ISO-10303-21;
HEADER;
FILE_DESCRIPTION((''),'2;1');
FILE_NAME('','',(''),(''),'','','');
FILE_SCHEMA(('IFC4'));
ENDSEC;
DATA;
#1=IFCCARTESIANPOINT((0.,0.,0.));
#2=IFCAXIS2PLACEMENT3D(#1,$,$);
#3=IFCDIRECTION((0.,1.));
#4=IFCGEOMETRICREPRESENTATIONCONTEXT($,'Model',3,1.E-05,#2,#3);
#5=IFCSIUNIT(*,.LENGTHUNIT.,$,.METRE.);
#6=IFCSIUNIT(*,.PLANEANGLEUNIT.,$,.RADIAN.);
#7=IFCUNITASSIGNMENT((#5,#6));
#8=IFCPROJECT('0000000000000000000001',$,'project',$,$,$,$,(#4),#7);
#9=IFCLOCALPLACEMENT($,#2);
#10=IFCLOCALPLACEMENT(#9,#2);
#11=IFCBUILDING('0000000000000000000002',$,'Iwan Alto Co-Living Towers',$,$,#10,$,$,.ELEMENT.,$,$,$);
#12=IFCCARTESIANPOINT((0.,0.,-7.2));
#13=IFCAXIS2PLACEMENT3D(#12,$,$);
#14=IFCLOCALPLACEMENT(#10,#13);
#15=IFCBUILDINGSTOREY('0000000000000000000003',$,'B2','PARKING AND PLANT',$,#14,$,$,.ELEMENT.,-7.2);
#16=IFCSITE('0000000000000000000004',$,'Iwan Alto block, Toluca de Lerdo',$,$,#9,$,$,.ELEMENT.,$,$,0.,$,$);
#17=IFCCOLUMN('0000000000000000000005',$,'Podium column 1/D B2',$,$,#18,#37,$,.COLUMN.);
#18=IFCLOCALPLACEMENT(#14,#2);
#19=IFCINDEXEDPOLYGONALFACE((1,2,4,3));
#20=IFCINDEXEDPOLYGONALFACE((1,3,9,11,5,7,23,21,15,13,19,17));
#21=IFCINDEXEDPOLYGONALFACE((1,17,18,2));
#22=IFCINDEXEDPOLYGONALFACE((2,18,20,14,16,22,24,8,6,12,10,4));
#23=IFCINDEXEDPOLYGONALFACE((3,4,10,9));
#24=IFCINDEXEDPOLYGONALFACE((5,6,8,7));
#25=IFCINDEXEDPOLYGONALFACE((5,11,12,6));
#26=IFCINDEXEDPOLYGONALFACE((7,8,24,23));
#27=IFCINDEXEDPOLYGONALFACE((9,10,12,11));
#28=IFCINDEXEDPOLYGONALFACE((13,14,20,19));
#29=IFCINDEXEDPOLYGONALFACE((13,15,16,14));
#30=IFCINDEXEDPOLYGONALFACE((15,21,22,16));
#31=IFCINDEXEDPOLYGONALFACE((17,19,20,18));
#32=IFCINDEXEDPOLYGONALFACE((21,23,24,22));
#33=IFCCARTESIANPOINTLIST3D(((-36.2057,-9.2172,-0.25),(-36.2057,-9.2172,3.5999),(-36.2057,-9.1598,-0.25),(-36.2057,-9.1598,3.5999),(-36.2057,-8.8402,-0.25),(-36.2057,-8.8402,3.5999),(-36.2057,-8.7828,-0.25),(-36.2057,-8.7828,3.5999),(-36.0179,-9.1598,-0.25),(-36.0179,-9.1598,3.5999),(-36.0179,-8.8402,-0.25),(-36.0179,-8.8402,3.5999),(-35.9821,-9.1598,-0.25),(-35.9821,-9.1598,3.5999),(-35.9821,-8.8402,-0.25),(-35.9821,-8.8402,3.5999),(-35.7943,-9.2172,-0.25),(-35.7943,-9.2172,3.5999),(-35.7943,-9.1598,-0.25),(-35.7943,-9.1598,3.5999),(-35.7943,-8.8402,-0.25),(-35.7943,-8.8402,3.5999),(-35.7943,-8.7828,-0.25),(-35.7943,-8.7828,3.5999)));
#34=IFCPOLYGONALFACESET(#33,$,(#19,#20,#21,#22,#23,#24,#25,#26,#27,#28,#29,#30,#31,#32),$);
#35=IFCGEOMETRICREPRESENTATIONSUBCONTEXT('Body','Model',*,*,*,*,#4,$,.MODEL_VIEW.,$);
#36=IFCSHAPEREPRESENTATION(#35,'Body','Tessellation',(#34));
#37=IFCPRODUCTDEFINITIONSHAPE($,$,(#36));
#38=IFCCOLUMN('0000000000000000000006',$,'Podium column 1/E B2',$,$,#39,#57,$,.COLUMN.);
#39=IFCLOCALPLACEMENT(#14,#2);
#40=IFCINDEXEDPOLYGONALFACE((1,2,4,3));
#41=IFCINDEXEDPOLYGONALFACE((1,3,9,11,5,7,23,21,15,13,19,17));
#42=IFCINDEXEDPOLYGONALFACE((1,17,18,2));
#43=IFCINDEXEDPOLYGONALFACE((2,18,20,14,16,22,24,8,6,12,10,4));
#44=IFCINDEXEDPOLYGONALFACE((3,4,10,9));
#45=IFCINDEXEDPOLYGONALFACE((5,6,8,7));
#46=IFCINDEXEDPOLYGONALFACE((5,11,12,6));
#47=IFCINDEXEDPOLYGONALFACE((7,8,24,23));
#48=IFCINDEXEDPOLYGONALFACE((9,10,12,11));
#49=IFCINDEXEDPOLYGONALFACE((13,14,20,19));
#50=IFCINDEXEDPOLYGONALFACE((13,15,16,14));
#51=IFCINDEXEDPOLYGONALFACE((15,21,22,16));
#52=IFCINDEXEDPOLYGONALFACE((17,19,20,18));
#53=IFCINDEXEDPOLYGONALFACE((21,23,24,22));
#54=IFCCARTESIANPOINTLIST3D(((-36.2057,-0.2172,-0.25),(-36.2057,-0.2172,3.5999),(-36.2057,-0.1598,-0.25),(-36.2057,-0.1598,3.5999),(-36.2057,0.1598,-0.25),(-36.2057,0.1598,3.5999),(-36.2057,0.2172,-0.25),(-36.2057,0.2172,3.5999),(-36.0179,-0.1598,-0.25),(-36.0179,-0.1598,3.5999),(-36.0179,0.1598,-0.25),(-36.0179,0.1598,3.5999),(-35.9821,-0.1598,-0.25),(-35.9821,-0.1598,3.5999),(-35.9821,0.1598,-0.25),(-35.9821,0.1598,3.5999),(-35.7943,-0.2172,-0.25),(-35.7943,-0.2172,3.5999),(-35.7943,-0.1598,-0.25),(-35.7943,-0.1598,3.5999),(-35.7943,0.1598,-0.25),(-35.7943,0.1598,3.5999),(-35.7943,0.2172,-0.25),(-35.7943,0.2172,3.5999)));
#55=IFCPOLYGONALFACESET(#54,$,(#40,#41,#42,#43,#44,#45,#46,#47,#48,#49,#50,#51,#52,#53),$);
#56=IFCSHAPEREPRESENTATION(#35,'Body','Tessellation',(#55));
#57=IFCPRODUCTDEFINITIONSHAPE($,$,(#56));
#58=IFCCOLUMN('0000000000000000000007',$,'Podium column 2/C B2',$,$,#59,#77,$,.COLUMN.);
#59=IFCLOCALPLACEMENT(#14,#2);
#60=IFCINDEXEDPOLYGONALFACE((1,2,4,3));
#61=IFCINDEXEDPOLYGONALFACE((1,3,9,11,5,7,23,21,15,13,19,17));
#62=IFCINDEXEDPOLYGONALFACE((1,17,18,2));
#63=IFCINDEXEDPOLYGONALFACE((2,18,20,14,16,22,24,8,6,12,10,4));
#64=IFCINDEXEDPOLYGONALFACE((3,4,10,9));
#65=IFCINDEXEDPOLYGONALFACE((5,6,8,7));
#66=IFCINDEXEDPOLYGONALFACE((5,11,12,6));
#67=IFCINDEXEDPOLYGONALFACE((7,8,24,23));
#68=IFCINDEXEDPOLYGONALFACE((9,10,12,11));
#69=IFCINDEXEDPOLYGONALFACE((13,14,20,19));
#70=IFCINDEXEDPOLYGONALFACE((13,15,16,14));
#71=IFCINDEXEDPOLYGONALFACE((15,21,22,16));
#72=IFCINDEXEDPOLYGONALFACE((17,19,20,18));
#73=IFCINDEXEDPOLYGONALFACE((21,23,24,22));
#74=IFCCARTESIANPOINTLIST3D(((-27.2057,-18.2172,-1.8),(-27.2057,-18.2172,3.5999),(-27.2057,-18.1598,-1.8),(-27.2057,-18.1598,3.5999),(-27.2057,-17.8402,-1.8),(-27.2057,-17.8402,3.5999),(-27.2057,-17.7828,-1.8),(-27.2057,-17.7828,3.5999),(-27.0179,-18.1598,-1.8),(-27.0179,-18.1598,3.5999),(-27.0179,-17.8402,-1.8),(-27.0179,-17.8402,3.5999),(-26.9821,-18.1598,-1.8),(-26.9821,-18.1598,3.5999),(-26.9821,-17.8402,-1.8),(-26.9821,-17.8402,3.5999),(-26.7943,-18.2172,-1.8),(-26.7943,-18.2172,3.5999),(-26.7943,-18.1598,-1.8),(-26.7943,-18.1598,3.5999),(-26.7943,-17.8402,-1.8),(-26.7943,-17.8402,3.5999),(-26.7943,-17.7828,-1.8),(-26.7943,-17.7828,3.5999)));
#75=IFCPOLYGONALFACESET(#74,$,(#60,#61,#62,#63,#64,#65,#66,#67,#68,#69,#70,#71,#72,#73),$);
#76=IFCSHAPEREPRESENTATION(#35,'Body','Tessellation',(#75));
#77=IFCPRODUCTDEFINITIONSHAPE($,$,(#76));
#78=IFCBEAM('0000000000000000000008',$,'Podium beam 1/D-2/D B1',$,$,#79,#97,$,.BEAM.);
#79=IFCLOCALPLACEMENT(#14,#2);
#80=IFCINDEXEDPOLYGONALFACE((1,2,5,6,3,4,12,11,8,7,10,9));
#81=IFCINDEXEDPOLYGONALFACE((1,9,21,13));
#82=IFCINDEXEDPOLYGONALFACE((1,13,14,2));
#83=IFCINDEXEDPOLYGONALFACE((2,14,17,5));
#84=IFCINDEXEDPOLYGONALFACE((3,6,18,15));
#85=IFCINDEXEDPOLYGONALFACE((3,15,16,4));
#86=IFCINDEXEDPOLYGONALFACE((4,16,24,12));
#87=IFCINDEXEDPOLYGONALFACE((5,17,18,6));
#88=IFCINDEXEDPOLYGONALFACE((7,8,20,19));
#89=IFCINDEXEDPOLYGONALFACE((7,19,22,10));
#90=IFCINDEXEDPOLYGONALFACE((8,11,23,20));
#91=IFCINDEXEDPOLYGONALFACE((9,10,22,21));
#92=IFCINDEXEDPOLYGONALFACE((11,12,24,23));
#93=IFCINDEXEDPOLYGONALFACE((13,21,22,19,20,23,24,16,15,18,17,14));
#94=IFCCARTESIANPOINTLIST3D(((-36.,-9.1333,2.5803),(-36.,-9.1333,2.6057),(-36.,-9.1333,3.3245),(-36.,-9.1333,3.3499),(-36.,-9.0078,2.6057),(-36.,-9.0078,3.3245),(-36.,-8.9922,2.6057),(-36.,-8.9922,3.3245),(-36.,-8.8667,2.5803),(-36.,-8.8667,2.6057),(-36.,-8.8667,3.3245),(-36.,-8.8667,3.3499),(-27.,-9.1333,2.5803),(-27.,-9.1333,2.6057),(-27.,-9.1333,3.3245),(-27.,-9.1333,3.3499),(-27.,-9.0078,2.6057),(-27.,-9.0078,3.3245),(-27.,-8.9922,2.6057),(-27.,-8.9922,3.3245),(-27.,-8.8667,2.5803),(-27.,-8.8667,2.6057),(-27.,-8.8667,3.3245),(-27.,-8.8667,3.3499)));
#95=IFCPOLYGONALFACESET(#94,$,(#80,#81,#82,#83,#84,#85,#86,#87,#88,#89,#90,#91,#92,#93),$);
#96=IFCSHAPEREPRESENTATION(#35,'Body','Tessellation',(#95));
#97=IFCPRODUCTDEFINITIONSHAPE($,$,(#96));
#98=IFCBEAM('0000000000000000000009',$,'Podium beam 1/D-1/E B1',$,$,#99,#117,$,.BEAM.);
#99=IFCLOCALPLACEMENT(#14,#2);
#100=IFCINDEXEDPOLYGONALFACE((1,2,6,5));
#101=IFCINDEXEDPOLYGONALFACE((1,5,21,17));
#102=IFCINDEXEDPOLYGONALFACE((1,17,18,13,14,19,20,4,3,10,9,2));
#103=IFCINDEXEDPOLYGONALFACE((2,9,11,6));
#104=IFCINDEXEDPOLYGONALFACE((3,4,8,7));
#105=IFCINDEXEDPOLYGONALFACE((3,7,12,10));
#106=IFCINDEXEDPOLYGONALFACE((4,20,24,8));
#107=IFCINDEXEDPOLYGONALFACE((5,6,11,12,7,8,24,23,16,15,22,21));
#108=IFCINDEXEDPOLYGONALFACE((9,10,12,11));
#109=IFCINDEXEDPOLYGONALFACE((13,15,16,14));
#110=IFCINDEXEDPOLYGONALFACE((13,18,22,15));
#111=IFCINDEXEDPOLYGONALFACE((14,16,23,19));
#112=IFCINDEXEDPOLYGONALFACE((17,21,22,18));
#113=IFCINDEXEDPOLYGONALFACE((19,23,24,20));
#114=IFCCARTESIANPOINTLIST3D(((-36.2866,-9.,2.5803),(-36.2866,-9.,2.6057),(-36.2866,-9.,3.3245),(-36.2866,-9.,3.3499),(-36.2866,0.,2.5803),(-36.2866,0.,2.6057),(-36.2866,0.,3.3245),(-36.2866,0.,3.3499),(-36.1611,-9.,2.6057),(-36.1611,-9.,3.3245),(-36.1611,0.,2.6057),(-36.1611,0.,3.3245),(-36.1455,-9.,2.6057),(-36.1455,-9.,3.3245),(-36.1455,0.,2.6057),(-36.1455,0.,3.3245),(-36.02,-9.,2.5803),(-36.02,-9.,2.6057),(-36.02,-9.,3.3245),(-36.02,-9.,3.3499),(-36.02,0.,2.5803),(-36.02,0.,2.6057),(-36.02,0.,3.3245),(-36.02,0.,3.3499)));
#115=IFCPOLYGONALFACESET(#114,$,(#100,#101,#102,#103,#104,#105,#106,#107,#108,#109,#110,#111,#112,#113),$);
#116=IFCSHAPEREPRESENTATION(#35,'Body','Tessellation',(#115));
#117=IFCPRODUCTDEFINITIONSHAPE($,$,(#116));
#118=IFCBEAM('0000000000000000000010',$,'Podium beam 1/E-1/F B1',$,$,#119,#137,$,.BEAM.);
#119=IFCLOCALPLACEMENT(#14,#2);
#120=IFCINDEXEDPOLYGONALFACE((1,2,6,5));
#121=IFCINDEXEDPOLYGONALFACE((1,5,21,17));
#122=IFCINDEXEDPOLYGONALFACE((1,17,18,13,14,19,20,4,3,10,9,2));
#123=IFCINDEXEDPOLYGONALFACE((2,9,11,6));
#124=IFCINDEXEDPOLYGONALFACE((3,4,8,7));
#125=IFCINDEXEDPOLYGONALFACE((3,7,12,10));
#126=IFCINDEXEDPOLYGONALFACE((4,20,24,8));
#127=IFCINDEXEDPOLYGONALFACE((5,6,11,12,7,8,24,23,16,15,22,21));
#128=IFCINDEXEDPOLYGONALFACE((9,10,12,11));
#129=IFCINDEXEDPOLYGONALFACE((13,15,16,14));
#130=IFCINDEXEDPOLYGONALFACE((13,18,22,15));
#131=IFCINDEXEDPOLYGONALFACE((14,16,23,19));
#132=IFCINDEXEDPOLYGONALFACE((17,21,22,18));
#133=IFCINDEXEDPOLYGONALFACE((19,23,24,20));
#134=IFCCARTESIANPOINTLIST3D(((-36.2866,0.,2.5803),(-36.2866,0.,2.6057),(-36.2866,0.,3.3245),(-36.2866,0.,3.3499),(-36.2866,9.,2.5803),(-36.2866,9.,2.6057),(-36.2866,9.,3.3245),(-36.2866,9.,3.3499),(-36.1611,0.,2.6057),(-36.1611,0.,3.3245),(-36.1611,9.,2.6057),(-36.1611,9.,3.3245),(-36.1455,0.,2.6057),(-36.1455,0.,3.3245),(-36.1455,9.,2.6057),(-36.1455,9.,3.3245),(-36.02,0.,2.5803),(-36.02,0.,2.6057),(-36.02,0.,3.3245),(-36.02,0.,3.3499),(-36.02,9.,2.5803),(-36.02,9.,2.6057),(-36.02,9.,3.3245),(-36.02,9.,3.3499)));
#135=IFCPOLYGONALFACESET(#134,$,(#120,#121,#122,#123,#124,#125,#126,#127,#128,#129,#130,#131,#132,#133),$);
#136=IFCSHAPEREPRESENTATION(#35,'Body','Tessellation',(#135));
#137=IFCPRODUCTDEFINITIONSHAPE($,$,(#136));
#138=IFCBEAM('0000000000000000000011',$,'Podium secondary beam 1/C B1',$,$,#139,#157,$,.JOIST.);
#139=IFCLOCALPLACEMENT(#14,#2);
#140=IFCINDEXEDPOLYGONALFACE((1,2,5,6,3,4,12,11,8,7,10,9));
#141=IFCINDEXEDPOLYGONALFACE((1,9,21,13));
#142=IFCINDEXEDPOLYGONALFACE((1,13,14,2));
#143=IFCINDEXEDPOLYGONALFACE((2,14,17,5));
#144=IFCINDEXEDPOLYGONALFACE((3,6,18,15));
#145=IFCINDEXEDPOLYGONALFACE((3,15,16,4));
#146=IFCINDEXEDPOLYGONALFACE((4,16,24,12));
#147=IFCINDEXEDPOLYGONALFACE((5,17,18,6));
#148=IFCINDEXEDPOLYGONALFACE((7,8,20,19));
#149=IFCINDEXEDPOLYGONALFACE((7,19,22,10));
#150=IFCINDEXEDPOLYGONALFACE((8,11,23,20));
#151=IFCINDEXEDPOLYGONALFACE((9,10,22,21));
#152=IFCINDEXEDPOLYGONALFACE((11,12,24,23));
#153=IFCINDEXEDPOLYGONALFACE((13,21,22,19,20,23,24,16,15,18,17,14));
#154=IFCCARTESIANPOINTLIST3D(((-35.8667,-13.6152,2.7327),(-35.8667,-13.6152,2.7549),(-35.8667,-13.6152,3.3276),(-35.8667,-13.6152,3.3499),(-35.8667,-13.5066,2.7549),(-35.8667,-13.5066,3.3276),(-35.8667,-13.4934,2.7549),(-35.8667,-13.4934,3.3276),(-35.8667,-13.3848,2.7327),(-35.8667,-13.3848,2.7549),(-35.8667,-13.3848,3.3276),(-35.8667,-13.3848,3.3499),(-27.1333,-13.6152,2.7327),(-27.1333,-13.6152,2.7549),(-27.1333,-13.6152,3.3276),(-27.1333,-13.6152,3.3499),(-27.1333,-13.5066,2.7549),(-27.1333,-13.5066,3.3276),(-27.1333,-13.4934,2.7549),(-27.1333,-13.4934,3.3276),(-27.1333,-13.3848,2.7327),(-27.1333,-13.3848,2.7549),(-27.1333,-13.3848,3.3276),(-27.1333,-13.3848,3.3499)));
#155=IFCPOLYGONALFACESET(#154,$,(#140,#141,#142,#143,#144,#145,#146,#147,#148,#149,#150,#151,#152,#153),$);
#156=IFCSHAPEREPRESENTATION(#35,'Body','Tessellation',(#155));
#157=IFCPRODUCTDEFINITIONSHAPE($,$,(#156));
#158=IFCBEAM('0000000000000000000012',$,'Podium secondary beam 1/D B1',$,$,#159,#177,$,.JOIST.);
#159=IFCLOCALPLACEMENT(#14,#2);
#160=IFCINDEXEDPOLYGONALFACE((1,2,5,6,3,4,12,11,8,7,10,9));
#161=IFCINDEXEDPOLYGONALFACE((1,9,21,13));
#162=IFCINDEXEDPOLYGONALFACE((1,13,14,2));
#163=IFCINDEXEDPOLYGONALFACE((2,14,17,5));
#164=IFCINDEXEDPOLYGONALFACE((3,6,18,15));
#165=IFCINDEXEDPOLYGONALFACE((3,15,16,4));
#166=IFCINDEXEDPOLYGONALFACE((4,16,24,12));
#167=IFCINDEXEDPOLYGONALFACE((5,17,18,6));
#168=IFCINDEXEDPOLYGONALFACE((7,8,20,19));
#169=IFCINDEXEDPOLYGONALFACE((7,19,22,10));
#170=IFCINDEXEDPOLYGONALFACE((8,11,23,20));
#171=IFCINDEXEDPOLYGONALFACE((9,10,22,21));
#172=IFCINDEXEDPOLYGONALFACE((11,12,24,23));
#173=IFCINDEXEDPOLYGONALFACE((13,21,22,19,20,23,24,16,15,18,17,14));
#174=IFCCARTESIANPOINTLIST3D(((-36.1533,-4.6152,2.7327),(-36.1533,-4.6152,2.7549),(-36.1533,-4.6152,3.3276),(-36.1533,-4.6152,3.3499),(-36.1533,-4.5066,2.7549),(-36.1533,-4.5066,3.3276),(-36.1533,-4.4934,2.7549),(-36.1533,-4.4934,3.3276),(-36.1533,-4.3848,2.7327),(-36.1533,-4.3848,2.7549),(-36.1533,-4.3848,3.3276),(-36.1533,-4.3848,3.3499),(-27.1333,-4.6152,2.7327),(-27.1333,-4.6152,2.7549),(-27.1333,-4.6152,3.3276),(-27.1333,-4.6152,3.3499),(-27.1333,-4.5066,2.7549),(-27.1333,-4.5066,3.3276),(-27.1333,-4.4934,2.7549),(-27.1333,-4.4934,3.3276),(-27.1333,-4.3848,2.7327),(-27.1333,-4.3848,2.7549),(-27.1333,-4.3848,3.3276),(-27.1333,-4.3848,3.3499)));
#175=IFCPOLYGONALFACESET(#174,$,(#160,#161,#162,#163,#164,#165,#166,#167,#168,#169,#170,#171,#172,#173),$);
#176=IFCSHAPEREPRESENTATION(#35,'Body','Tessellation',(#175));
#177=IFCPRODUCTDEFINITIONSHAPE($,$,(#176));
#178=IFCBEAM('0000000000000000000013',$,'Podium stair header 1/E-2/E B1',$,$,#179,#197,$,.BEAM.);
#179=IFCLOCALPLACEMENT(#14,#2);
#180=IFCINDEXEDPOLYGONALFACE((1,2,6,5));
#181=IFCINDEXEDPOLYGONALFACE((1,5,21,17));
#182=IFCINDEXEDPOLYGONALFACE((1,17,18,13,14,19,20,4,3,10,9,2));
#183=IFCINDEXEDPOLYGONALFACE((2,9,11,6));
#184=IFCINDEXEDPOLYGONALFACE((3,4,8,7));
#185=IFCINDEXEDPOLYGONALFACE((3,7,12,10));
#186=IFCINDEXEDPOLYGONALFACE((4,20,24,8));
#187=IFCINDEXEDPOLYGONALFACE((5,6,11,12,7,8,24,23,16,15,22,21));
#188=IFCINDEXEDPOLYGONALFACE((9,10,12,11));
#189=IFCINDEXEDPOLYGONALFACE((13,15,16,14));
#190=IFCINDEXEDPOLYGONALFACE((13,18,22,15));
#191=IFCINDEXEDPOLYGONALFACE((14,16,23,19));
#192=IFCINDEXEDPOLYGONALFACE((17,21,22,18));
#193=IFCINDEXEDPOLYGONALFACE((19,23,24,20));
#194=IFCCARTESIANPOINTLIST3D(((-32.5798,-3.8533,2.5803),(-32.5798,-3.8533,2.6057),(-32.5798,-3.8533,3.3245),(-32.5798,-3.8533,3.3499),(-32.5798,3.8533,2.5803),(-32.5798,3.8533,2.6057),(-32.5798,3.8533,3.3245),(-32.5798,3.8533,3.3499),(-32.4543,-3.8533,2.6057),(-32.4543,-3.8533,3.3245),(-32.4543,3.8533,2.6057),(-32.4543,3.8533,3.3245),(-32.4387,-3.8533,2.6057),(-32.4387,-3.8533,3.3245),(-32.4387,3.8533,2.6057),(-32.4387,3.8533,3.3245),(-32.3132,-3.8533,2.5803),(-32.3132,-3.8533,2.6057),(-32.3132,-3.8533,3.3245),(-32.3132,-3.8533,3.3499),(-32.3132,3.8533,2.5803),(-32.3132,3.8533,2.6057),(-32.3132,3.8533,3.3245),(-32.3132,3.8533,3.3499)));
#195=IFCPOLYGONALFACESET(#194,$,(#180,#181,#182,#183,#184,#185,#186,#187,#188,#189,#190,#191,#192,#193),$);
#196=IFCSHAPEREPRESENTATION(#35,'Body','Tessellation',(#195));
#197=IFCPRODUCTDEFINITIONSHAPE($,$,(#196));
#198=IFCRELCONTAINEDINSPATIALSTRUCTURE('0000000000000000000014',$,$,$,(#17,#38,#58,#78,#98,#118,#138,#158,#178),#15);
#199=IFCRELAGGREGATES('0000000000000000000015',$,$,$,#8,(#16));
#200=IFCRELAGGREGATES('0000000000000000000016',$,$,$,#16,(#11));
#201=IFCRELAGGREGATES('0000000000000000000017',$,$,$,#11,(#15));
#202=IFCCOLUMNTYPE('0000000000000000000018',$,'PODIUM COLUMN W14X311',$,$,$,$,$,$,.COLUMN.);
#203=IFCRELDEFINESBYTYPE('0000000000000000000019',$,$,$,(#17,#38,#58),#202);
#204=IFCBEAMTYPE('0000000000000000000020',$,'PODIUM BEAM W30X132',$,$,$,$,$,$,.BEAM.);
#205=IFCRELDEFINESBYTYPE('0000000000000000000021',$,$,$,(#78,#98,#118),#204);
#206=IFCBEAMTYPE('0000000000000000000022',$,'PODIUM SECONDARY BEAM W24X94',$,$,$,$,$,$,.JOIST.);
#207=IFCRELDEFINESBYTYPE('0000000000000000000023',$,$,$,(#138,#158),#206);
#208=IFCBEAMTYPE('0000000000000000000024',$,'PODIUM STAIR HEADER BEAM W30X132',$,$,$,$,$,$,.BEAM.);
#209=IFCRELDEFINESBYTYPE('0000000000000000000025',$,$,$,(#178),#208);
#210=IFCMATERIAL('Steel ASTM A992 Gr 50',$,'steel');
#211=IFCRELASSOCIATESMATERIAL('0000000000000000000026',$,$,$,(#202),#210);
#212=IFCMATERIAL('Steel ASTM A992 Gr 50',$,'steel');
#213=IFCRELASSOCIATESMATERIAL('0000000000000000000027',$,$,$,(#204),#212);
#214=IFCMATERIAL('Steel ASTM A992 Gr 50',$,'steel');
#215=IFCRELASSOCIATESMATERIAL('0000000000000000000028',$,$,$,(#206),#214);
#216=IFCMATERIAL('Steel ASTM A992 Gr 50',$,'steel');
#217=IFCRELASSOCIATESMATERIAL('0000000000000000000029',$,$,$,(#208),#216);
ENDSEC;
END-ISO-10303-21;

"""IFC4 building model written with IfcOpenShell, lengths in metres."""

from ifc_helpers import new_model, si_unit, direction, frame, origin, origin_2d, place, context, subcontext, project, spatial, i_section, extrude, material, material_profile, profile_set, type_object, element, save


model = new_model("IFC4")

# Units and contexts
model_context = context("Model", 3, precision=1e-05, world=origin(), true_north=direction((0.0, 1.0)))
body_context = subcontext(model_context, "Body", "Model", "MODEL_VIEW")
ifc_project = project(units=[si_unit("LENGTHUNIT", "METRE"), si_unit("PLANEANGLEUNIT", "RADIAN")], contexts=[model_context])

# Site, building, storey
site_placement = place(None, origin())
site = spatial("IfcSite", under=ifc_project, at=site_placement, Name="Iwan Alto block, Toluca de Lerdo", CompositionType="ELEMENT", RefElevation=0.0)
building_placement = place(site_placement, origin())
building = spatial("IfcBuilding", under=site, at=building_placement, Name="Iwan Alto Co-Living Towers", CompositionType="ELEMENT")
storey_placement = place(building_placement, frame((0.0, 0.0, -7.2)))
storey = spatial("IfcBuildingStorey", under=building, at=storey_placement, Name="B2", Description="PARKING AND PLANT", CompositionType="ELEMENT", Elevation=-7.2)

# Columns
ifc_material_1 = material(Name="Steel ASTM A992 Gr 50", Category="steel")
ifc_material_profile_1 = material_profile(ifc_material_1, i_section(OverallWidth=0.4114, OverallDepth=0.4343, WebThickness=0.0359, FlangeThickness=0.0574, at=origin_2d()), Name="W14X311")
ifc_profile_set_1 = profile_set([ifc_material_profile_1], Name="Steel ASTM A992 Gr 50")
column_type = type_object("IfcColumnType", Name="PODIUM COLUMN W14X311", PredefinedType="COLUMN", material=ifc_profile_set_1)
for number, where, z_axis, x_axis, name in (
    (1, (-36.0, -9.0, -0.25), (0.0, 0.0, 1.0), (1.0, 0.0, 0.0), "Podium column 1/D B2"),
    (2, (-36.0, 0.0, -0.25), (0.0, 0.0, 1.0), (1.0, 0.0, 0.0), "Podium column 1/E B2"),
):
    element("IfcColumn", number, at=place(storey_placement, frame(where, z_axis=z_axis, x_axis=x_axis)), inside=storey, type_object=column_type, Name=name, PredefinedType="COLUMN", context=body_context, shape_type="SweptSolid", body=[
        extrude(i_section(OverallWidth=0.4114, OverallDepth=0.4343, WebThickness=0.0359, FlangeThickness=0.0574, at=origin_2d()), origin(), (0.0, 0.0, 1.0), 3.8499),
    ])
column_placement = place(storey_placement, frame((-27.0, -18.0, -1.8), z_axis=(0.0, 0.0, 1.0), x_axis=(1.0, 0.0, 0.0)))
element("IfcColumn", 3, at=column_placement, inside=storey, type_object=column_type, Name="Podium column 2/C B2", PredefinedType="COLUMN", context=body_context, shape_type="SweptSolid", body=[
    extrude(i_section(OverallWidth=0.4114, OverallDepth=0.4343, WebThickness=0.0359, FlangeThickness=0.0574, at=origin_2d()), origin(), (0.0, 0.0, 1.0), 5.3999),
])

# Beams
ifc_material_2 = material(Name="Steel ASTM A992 Gr 50", Category="steel")
ifc_material_profile_2 = material_profile(ifc_material_2, i_section(OverallWidth=0.2666, OverallDepth=0.7695, WebThickness=0.0156, FlangeThickness=0.0254, at=origin_2d()), Name="W30X132")
ifc_profile_set_2 = profile_set([ifc_material_profile_2], Name="Steel ASTM A992 Gr 50")
beam_type_1 = type_object("IfcBeamType", Name="PODIUM BEAM W30X132", PredefinedType="BEAM", material=ifc_profile_set_2)
for number, where, z_axis, x_axis, name in (
    (4, (-36.0, -9.0, 2.9651), (1.0, 0.0, 0.0), (0.0, 1.0, 0.0), "Podium beam 1/D-2/D B1"),
    (5, (-36.1533, -9.0, 2.9651), (0.0, 1.0, 0.0), (-1.0, 0.0, 0.0), "Podium beam 1/D-1/E B1"),
    (6, (-36.1533, 0.0, 2.9651), (0.0, 1.0, 0.0), (-1.0, 0.0, 0.0), "Podium beam 1/E-1/F B1"),
):
    element("IfcBeam", number, at=place(storey_placement, frame(where, z_axis=z_axis, x_axis=x_axis)), inside=storey, type_object=beam_type_1, Name=name, PredefinedType="BEAM", context=body_context, shape_type="SweptSolid", body=[
        extrude(i_section(OverallWidth=0.2666, OverallDepth=0.7695, WebThickness=0.0156, FlangeThickness=0.0254, at=origin_2d()), origin(), (0.0, 0.0, 1.0), 9.0),
    ])
ifc_material_3 = material(Name="Steel ASTM A992 Gr 50", Category="steel")
ifc_material_profile_3 = material_profile(ifc_material_3, i_section(OverallWidth=0.2305, OverallDepth=0.6172, WebThickness=0.0132, FlangeThickness=0.0222, at=origin_2d()), Name="W24X94")
ifc_profile_set_3 = profile_set([ifc_material_profile_3], Name="Steel ASTM A992 Gr 50")
beam_type_2 = type_object("IfcBeamType", Name="PODIUM SECONDARY BEAM W24X94", PredefinedType="JOIST", material=ifc_profile_set_3)
beam_1_placement = place(storey_placement, frame((-35.8667, -13.5, 3.0413), z_axis=(1.0, 0.0, 0.0), x_axis=(0.0, 1.0, 0.0)))
element("IfcBeam", 7, at=beam_1_placement, inside=storey, type_object=beam_type_2, Name="Podium secondary beam 1/C B1", PredefinedType="JOIST", context=body_context, shape_type="SweptSolid", body=[
    extrude(i_section(OverallWidth=0.2305, OverallDepth=0.6172, WebThickness=0.0132, FlangeThickness=0.0222, at=origin_2d()), origin(), (0.0, 0.0, 1.0), 8.7334),
])
beam_2_placement = place(storey_placement, frame((-36.1533, -4.5, 3.0413), z_axis=(1.0, 0.0, 0.0), x_axis=(0.0, 1.0, 0.0)))
element("IfcBeam", 8, at=beam_2_placement, inside=storey, type_object=beam_type_2, Name="Podium secondary beam 1/D B1", PredefinedType="JOIST", context=body_context, shape_type="SweptSolid", body=[
    extrude(i_section(OverallWidth=0.2305, OverallDepth=0.6172, WebThickness=0.0132, FlangeThickness=0.0222, at=origin_2d()), origin(), (0.0, 0.0, 1.0), 9.02),
])
ifc_material_4 = material(Name="Steel ASTM A992 Gr 50", Category="steel")
ifc_material_profile_4 = material_profile(ifc_material_4, i_section(OverallWidth=0.2666, OverallDepth=0.7695, WebThickness=0.0156, FlangeThickness=0.0254, at=origin_2d()), Name="W30X132")
ifc_profile_set_4 = profile_set([ifc_material_profile_4], Name="Steel ASTM A992 Gr 50")
beam_type_3 = type_object("IfcBeamType", Name="PODIUM STAIR HEADER BEAM W30X132", PredefinedType="BEAM", material=ifc_profile_set_4)
beam_3_placement = place(storey_placement, frame((-32.4465, -3.8533, 2.9651), z_axis=(0.0, 1.0, 0.0), x_axis=(-1.0, 0.0, 0.0)))
element("IfcBeam", 9, at=beam_3_placement, inside=storey, type_object=beam_type_3, Name="Podium stair header 1/E-2/E B1", PredefinedType="BEAM", context=body_context, shape_type="SweptSolid", body=[
    extrude(i_section(OverallWidth=0.2666, OverallDepth=0.7695, WebThickness=0.0156, FlangeThickness=0.0254, at=origin_2d()), origin(), (0.0, 0.0, 1.0), 7.7065),
])

save(model, "model.ifc")
